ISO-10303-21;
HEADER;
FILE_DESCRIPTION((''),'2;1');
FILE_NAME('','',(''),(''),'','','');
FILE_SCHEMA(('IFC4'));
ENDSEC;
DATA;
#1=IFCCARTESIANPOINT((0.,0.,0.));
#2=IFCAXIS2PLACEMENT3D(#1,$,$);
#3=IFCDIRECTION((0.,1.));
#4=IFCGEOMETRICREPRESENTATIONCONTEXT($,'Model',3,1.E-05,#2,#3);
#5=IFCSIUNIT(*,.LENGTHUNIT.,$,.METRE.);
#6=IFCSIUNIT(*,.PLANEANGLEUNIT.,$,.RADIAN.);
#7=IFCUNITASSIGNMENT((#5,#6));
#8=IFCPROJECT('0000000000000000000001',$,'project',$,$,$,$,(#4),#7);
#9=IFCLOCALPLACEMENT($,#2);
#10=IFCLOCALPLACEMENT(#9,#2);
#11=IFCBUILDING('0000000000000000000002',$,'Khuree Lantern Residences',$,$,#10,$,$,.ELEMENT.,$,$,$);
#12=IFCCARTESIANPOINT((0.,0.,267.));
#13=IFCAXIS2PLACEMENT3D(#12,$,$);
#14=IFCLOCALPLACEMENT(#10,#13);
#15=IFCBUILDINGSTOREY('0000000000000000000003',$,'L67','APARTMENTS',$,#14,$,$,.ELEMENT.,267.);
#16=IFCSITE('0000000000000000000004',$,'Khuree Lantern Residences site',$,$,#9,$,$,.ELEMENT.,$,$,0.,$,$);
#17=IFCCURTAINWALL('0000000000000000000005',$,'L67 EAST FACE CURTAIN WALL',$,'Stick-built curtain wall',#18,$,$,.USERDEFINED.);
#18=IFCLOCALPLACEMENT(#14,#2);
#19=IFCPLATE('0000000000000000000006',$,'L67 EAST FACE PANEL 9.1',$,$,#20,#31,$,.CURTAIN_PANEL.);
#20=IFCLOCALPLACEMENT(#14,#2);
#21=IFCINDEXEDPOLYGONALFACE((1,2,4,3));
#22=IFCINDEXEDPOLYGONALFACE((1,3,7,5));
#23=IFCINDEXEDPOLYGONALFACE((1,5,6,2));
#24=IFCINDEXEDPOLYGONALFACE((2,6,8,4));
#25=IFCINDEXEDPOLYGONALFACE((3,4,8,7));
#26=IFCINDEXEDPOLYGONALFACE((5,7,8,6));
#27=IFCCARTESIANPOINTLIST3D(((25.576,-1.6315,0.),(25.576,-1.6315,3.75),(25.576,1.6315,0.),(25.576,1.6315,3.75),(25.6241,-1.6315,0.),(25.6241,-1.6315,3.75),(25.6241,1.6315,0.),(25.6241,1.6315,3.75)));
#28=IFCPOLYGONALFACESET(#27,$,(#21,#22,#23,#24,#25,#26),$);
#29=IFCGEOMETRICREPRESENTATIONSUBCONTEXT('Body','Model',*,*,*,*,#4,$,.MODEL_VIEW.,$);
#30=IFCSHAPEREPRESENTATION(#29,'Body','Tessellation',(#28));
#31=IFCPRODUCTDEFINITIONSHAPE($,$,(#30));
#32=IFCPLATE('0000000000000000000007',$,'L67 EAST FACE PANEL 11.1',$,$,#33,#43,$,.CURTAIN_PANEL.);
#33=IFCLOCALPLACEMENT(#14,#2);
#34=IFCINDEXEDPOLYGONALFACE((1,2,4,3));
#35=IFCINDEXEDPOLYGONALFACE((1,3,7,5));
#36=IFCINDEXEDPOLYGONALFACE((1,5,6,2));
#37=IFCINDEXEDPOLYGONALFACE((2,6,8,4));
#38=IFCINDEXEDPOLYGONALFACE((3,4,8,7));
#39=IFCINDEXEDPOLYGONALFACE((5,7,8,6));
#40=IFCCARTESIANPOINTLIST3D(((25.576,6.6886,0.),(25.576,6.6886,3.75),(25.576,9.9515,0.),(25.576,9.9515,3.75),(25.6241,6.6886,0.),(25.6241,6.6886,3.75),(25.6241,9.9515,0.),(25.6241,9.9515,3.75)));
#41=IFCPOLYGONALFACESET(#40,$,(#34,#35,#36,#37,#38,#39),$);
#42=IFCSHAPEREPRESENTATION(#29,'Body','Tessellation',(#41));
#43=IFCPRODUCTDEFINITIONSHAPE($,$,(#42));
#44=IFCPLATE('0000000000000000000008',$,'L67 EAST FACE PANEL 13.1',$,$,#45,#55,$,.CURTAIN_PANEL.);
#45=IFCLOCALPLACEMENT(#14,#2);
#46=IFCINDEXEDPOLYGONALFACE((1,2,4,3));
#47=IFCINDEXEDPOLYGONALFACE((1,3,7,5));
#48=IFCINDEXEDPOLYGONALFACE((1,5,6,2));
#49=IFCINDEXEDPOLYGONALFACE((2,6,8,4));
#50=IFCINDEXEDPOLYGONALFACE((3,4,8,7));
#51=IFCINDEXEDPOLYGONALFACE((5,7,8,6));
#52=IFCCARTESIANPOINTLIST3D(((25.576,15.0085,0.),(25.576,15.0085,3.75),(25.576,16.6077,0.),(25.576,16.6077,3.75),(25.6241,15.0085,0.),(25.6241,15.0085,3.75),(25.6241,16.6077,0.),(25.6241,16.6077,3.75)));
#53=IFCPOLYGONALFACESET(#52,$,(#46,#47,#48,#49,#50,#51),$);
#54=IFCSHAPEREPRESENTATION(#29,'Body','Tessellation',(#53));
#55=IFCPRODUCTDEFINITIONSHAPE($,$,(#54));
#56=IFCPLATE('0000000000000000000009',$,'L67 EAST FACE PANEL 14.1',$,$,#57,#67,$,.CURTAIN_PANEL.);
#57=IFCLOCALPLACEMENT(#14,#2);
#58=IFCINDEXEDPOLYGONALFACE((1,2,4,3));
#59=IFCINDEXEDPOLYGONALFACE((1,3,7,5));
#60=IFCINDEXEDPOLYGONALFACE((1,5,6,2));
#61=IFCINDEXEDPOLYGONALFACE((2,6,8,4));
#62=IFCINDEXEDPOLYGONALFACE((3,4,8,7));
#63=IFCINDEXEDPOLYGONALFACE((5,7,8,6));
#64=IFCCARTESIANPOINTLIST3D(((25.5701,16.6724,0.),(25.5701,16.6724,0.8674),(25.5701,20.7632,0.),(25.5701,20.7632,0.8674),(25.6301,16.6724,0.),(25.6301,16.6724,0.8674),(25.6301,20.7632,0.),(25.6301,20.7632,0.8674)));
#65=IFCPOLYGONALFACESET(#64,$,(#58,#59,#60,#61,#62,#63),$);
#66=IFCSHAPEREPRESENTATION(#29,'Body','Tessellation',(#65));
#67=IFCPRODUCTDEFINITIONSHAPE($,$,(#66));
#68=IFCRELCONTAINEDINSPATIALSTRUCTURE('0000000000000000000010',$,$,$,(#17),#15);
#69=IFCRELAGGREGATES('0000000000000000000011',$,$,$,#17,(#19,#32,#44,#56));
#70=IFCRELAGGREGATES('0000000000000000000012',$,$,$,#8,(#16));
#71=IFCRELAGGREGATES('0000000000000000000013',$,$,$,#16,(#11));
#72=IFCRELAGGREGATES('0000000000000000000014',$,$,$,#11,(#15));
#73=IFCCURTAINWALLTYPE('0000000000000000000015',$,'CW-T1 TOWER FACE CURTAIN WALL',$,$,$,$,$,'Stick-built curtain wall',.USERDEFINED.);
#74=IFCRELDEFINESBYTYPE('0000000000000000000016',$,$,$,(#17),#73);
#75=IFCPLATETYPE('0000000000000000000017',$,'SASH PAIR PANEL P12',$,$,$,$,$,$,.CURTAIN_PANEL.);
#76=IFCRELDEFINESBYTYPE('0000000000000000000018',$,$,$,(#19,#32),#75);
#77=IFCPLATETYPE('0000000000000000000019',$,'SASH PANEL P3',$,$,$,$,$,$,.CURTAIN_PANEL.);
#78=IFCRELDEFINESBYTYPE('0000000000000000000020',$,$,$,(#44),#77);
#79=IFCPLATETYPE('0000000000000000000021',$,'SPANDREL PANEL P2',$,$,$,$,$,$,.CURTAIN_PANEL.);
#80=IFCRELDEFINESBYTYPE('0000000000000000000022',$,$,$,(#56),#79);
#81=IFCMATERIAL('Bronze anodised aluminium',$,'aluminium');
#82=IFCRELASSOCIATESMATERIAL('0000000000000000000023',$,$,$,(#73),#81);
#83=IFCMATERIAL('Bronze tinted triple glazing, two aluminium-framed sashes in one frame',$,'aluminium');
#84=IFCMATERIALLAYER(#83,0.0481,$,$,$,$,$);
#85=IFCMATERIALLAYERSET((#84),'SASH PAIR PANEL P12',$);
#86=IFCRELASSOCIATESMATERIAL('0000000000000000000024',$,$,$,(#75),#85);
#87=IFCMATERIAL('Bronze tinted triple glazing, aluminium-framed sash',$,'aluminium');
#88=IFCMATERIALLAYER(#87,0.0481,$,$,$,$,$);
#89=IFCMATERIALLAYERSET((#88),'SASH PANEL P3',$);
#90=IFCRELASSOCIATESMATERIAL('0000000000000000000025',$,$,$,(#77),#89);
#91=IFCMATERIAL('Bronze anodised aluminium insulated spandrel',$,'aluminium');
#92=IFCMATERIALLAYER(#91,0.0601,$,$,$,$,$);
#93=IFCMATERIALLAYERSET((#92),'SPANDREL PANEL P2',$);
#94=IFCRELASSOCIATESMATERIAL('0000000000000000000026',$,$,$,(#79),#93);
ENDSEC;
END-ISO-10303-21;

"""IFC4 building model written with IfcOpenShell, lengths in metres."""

from ifc_helpers import new_model, si_unit, direction, frame, origin, origin_2d, place, context, subcontext, project, spatial, rectangle, extrude, material, layer, layer_set, type_object, element, aggregate, save


model = new_model("IFC4")

# Units and contexts
model_context = context("Model", 3, precision=1e-05, world=origin(), true_north=direction((0.0, 1.0)))
body_context = subcontext(model_context, "Body", "Model", "MODEL_VIEW")
ifc_project = project(units=[si_unit("LENGTHUNIT", "METRE"), si_unit("PLANEANGLEUNIT", "RADIAN")], contexts=[model_context])

# Site, building, storey
site_placement = place(None, origin())
site = spatial("IfcSite", under=ifc_project, at=site_placement, Name="Khuree Lantern Residences site", CompositionType="ELEMENT", RefElevation=0.0)
building_placement = place(site_placement, origin())
building = spatial("IfcBuilding", under=site, at=building_placement, Name="Khuree Lantern Residences", CompositionType="ELEMENT")
storey_placement = place(building_placement, frame((0.0, 0.0, 267.0)))
storey = spatial("IfcBuildingStorey", under=building, at=storey_placement, Name="L67", Description="APARTMENTS", CompositionType="ELEMENT", Elevation=267.0)

# Curtain wall
ifc_material_1 = material(Name="Bronze anodised aluminium", Category="aluminium")
curtain_wall_type = type_object("IfcCurtainWallType", Name="CW-T1 TOWER FACE CURTAIN WALL", ElementType="Stick-built curtain wall", PredefinedType="USERDEFINED", material=ifc_material_1)
curtain_wall_placement = place(storey_placement, origin())
curtain_wall = element("IfcCurtainWall", 1, at=curtain_wall_placement, inside=storey, type_object=curtain_wall_type, Name="L67 EAST FACE CURTAIN WALL", ObjectType="Stick-built curtain wall", PredefinedType="USERDEFINED")

# Plates
ifc_material_2 = material(Name="Bronze tinted triple glazing, two aluminium-framed sashes in one frame", Category="aluminium")
ifc_layer_1 = layer(ifc_material_2, 0.0481)
ifc_layer_set_1 = layer_set([ifc_layer_1], Name="SASH PAIR PANEL P12")
plate_type_1 = type_object("IfcPlateType", Name="SASH PAIR PANEL P12", PredefinedType="CURTAIN_PANEL", material=ifc_layer_set_1)
plate_1_placement = place(storey_placement, frame((25.6001, 0.0, 0.0), z_axis=(0.0, 0.0, 1.0), x_axis=(0.0, 1.0, 0.0)))
plate_1 = element("IfcPlate", 2, at=plate_1_placement, type_object=plate_type_1, Name="L67 EAST FACE PANEL 9.1", PredefinedType="CURTAIN_PANEL", context=body_context, shape_type="SweptSolid", body=[
    extrude(rectangle(XDim=3.2629, YDim=0.0481, at=origin_2d()), origin(), (0.0, 0.0, 1.0), 3.75),
])
plate_2_placement = place(storey_placement, frame((25.6001, 8.3201, 0.0), z_axis=(0.0, 0.0, 1.0), x_axis=(0.0, 1.0, 0.0)))
plate_2 = element("IfcPlate", 3, at=plate_2_placement, type_object=plate_type_1, Name="L67 EAST FACE PANEL 11.1", PredefinedType="CURTAIN_PANEL", context=body_context, shape_type="SweptSolid", body=[
    extrude(rectangle(XDim=3.2629, YDim=0.0481, at=origin_2d()), origin(), (0.0, 0.0, 1.0), 3.75),
])
ifc_material_3 = material(Name="Bronze tinted triple glazing, aluminium-framed sash", Category="aluminium")
ifc_layer_2 = layer(ifc_material_3, 0.0481)
ifc_layer_set_2 = layer_set([ifc_layer_2], Name="SASH PANEL P3")
plate_type_2 = type_object("IfcPlateType", Name="SASH PANEL P3", PredefinedType="CURTAIN_PANEL", material=ifc_layer_set_2)
plate_3_placement = place(storey_placement, frame((25.6001, 15.8081, 0.0), z_axis=(0.0, 0.0, 1.0), x_axis=(0.0, 1.0, 0.0)))
plate_3 = element("IfcPlate", 4, at=plate_3_placement, type_object=plate_type_2, Name="L67 EAST FACE PANEL 13.1", PredefinedType="CURTAIN_PANEL", context=body_context, shape_type="SweptSolid", body=[
    extrude(rectangle(XDim=1.5991, YDim=0.0481, at=origin_2d()), origin(), (0.0, 0.0, 1.0), 3.75),
])
ifc_material_4 = material(Name="Bronze anodised aluminium insulated spandrel", Category="aluminium")
ifc_layer_3 = layer(ifc_material_4, 0.0601)
ifc_layer_set_3 = layer_set([ifc_layer_3], Name="SPANDREL PANEL P2")
plate_type_3 = type_object("IfcPlateType", Name="SPANDREL PANEL P2", PredefinedType="CURTAIN_PANEL", material=ifc_layer_set_3)
plate_4_placement = place(storey_placement, frame((25.6001, 18.7178, 0.0), z_axis=(0.0, 0.0, 1.0), x_axis=(0.0, 1.0, 0.0)))
plate_4 = element("IfcPlate", 5, at=plate_4_placement, type_object=plate_type_3, Name="L67 EAST FACE PANEL 14.1", PredefinedType="CURTAIN_PANEL", context=body_context, shape_type="SweptSolid", body=[
    extrude(rectangle(XDim=4.0908, YDim=0.0601, at=origin_2d()), origin(), (0.0, 0.0, 1.0), 0.8674),
])
aggregate(curtain_wall, [plate_1, plate_2, plate_3, plate_4])

save(model, "model.ifc")
